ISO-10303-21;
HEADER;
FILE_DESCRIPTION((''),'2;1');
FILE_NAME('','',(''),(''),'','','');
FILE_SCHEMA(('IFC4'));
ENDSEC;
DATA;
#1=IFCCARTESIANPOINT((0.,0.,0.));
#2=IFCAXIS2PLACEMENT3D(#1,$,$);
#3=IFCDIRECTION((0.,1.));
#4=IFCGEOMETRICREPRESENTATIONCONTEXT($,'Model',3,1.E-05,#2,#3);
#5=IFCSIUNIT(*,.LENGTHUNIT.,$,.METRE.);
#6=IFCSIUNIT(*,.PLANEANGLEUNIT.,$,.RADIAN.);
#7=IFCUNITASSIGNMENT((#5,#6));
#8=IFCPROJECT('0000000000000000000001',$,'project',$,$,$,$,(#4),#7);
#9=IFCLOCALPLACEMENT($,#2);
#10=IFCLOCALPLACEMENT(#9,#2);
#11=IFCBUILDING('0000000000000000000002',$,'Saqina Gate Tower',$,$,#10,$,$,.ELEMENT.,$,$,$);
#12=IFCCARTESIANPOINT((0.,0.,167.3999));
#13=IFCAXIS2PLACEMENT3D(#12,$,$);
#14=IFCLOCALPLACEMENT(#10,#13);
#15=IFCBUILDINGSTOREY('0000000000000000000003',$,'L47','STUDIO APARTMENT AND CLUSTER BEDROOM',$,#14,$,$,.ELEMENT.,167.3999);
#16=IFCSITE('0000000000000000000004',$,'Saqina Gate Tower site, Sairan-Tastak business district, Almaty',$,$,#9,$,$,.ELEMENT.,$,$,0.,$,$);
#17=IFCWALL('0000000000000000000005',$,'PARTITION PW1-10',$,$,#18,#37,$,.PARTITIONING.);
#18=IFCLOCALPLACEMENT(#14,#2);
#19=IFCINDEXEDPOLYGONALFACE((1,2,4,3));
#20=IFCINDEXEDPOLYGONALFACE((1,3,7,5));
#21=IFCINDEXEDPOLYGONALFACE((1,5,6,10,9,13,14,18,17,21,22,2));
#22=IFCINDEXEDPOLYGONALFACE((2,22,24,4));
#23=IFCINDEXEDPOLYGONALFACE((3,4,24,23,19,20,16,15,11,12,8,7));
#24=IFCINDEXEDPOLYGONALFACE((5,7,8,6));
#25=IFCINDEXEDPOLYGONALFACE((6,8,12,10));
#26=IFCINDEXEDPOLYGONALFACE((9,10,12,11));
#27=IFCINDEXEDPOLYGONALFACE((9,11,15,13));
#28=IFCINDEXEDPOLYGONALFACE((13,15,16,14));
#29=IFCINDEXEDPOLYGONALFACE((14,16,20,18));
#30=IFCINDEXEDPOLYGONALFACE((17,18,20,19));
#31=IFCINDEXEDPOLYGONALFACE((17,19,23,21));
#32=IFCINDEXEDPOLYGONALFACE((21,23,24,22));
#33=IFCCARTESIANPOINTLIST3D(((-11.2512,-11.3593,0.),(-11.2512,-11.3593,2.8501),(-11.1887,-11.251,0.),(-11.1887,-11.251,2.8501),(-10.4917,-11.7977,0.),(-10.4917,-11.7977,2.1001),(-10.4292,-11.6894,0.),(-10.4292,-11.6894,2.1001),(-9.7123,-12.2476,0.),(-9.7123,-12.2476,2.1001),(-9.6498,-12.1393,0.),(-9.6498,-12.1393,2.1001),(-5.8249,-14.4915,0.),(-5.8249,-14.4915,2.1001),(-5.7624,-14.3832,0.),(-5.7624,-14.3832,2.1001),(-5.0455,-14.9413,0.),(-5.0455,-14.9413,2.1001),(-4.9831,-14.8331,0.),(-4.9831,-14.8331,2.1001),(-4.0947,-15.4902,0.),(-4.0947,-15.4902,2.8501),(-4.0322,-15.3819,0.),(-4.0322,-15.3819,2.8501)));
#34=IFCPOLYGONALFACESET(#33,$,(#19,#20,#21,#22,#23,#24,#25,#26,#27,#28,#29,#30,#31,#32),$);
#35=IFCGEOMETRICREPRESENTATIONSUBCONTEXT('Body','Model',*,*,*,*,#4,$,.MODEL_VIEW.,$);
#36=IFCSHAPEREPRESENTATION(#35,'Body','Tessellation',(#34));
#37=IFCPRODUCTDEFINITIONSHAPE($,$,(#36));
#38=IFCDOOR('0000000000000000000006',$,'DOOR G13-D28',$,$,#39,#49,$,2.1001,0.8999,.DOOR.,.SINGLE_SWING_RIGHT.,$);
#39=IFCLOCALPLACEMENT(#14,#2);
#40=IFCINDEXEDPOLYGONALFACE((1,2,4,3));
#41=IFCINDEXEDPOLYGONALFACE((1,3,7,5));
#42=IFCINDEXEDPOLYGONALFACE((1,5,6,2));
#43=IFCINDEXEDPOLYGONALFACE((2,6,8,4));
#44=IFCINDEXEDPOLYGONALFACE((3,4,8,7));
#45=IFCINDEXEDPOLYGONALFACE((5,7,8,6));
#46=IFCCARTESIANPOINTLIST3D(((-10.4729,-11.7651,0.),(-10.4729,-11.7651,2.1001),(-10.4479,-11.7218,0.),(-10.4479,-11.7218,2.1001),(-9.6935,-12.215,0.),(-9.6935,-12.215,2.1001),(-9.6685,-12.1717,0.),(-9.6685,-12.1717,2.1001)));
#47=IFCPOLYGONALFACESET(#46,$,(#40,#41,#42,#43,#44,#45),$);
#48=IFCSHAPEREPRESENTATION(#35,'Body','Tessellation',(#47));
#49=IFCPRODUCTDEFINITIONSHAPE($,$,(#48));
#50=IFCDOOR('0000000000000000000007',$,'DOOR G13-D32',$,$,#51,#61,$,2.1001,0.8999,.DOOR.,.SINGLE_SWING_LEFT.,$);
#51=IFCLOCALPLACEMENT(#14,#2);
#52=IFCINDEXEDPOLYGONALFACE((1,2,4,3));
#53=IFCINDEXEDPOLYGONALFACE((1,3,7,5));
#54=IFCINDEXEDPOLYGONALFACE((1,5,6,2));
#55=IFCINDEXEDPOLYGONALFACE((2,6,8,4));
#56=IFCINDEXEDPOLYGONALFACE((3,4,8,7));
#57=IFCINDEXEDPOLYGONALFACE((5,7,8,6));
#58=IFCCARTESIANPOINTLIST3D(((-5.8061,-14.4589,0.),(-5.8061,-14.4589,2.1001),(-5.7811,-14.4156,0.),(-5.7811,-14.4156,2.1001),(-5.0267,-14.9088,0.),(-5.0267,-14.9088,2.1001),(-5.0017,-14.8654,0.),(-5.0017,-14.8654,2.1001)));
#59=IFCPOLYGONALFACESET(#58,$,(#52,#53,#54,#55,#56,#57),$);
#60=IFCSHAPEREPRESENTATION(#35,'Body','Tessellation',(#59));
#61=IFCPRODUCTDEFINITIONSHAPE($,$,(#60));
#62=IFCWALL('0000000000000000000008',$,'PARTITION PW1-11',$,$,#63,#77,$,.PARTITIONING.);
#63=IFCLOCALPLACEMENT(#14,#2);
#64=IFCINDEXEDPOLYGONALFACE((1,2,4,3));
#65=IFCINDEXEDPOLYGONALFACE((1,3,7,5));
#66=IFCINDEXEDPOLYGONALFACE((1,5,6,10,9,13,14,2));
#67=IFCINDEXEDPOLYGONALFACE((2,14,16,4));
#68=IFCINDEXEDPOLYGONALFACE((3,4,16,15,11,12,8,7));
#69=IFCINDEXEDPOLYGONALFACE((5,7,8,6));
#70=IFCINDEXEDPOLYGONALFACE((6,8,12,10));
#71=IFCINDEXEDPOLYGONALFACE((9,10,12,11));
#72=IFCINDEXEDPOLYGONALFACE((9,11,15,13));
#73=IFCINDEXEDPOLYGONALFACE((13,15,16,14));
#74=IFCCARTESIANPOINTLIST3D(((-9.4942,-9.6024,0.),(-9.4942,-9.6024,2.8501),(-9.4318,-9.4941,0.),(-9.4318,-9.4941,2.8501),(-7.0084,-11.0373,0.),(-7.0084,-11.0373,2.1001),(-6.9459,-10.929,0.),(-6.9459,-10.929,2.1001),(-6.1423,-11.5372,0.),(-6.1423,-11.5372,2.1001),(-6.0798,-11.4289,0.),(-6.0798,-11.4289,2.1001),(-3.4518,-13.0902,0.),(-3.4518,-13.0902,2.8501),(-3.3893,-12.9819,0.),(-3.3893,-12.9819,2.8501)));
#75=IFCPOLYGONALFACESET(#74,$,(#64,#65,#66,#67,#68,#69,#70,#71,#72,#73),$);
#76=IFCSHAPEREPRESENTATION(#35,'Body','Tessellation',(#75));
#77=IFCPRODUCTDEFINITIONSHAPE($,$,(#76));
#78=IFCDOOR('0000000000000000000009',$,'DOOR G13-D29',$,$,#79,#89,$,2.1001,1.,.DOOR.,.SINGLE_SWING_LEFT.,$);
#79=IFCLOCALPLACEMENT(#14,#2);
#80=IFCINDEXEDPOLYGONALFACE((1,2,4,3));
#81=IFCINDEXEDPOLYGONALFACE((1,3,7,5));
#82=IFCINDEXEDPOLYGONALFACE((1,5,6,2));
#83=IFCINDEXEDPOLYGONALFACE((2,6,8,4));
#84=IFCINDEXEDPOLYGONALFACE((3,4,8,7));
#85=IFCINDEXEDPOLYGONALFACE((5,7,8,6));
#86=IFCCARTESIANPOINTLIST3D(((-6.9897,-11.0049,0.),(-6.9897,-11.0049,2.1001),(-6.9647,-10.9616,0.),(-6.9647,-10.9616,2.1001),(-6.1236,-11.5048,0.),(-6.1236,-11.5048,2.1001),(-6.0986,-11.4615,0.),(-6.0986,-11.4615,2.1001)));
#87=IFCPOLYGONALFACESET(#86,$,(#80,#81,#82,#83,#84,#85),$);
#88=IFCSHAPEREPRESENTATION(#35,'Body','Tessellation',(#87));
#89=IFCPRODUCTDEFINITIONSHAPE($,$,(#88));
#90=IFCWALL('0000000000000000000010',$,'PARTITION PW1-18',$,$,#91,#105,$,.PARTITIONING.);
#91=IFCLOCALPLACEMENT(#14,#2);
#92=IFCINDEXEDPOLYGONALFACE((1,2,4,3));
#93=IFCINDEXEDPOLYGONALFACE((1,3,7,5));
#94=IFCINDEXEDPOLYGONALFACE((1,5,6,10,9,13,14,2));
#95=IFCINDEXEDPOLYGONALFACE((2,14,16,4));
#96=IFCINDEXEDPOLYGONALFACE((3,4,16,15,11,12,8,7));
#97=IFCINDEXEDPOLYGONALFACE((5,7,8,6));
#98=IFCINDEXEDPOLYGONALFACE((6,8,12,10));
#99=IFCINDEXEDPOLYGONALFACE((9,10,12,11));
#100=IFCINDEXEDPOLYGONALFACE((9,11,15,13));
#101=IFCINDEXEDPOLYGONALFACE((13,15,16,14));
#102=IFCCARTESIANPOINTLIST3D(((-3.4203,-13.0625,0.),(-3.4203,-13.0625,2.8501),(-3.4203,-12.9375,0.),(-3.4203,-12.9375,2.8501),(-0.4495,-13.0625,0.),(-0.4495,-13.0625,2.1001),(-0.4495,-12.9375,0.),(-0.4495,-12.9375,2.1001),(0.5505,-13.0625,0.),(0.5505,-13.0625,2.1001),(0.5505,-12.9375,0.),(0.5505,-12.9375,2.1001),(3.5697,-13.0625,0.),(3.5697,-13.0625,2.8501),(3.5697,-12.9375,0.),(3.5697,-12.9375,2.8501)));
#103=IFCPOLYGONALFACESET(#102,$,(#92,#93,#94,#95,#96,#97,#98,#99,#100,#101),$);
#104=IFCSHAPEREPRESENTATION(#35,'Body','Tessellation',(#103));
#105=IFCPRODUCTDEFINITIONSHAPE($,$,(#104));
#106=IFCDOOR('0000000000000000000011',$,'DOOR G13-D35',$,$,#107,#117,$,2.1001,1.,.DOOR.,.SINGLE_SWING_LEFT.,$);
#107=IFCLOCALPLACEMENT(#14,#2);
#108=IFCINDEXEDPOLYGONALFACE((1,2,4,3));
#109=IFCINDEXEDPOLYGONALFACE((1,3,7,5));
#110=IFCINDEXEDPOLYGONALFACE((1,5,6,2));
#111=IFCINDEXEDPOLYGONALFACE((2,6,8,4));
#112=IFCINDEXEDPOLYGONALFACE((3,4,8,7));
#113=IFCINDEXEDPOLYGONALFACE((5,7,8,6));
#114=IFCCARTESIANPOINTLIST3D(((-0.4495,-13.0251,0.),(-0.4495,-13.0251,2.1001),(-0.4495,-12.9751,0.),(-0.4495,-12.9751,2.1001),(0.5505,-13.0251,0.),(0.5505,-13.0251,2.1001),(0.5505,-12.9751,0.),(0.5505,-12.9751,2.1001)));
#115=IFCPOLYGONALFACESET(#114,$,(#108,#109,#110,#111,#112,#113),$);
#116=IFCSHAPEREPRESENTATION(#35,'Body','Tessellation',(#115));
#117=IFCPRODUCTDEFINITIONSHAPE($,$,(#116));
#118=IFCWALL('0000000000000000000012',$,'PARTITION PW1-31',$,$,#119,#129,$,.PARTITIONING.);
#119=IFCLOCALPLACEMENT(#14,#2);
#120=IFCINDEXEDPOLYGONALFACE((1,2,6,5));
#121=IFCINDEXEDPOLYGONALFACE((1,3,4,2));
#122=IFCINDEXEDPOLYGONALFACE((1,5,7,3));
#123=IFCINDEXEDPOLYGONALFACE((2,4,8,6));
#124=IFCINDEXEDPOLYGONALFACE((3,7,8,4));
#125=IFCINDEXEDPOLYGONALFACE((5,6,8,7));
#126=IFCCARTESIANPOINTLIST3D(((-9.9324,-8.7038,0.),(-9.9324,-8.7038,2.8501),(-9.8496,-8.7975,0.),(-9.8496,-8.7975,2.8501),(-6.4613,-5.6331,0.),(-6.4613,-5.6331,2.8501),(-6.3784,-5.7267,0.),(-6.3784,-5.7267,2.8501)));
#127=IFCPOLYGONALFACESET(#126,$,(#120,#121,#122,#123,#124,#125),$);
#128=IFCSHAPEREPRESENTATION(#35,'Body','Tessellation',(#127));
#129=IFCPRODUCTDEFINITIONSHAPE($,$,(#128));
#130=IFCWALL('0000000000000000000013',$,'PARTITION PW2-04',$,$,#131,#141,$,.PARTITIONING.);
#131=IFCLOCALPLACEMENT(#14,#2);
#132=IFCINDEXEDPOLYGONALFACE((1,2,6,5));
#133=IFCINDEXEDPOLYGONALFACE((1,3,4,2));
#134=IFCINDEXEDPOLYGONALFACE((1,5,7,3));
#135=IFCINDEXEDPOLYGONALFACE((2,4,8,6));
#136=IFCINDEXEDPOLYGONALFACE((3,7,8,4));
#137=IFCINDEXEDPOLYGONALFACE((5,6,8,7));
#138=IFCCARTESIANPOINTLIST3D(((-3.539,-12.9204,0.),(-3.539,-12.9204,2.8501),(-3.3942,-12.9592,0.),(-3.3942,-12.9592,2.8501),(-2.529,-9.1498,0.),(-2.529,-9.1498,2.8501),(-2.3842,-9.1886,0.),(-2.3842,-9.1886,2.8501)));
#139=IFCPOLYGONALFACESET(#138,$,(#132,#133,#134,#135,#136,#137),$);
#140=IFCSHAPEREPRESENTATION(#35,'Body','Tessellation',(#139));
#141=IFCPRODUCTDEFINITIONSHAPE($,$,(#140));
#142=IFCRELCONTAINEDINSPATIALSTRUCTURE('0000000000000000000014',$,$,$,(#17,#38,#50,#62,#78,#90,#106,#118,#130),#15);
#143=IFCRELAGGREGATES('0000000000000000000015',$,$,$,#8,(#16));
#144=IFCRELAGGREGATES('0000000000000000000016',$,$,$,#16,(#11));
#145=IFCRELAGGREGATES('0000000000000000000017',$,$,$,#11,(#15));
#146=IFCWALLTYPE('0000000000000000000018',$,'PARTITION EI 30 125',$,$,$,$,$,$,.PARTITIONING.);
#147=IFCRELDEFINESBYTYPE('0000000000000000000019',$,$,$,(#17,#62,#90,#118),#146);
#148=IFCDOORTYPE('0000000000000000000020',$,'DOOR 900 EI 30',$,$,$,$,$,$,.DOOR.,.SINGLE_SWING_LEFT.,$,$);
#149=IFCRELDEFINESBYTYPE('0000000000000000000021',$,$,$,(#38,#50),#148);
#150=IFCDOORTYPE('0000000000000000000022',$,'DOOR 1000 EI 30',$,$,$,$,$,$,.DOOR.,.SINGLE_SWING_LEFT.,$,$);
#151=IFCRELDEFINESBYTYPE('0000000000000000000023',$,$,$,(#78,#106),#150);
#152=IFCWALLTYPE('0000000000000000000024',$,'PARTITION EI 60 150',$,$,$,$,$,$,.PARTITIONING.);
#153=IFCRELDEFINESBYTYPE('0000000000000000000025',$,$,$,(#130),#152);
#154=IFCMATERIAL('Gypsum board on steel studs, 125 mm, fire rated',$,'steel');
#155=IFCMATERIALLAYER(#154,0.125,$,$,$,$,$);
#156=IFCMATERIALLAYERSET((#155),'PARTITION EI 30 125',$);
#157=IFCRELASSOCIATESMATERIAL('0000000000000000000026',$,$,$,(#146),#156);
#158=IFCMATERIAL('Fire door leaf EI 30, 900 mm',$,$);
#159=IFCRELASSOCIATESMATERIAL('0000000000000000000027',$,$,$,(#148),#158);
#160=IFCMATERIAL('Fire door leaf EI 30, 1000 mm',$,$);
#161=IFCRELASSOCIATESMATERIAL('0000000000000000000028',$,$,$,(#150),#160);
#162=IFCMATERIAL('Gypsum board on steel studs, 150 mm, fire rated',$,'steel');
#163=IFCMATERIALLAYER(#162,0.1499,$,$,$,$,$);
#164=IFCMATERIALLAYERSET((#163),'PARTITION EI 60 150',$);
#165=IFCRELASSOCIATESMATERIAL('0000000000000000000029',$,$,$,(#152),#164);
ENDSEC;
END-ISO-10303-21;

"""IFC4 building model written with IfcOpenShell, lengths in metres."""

from ifc_helpers import new_model, si_unit, direction, frame, frame_2d, origin, place, context, subcontext, project, spatial, rectangle, extrude, material, layer, layer_set, type_object, element, fill, save


model = new_model("IFC4")

# Units and contexts
model_context = context("Model", 3, precision=1e-05, world=origin(), true_north=direction((0.0, 1.0)))
body_context = subcontext(model_context, "Body", "Model", "MODEL_VIEW")
ifc_project = project(units=[si_unit("LENGTHUNIT", "METRE"), si_unit("PLANEANGLEUNIT", "RADIAN")], contexts=[model_context])

# Site, building, storey
site_placement = place(None, origin())
site = spatial("IfcSite", under=ifc_project, at=site_placement, Name="Saqina Gate Tower site, Sairan-Tastak business district, Almaty", CompositionType="ELEMENT", RefElevation=0.0)
building_placement = place(site_placement, origin())
building = spatial("IfcBuilding", under=site, at=building_placement, Name="Saqina Gate Tower", CompositionType="ELEMENT")
storey_placement = place(building_placement, frame((0.0, 0.0, 167.3999)))
storey = spatial("IfcBuildingStorey", under=building, at=storey_placement, Name="L47", Description="STUDIO APARTMENT AND CLUSTER BEDROOM", CompositionType="ELEMENT", Elevation=167.3999)

# Shared definitions
ifc_material_1 = material(Name="Gypsum board on steel studs, 125 mm, fire rated", Category="steel")
ifc_layer_1 = layer(ifc_material_1, 0.125)
ifc_layer_set_1 = layer_set([ifc_layer_1], Name="PARTITION EI 30 125")
wall_type_1 = type_object("IfcWallType", Name="PARTITION EI 30 125", PredefinedType="PARTITIONING", material=ifc_layer_set_1)

# Wall, openings, doors
wall_1_placement = place(storey_placement, frame((-11.22, -11.3052, 0.0), z_axis=(0.0, 0.0, 1.0), x_axis=(0.866075, -0.499914, 0.0)))
wall_1 = element("IfcWall", 1, at=wall_1_placement, inside=storey, type_object=wall_type_1, Name="PARTITION PW1-10", PredefinedType="PARTITIONING", context=body_context, shape_type="SweptSolid", body=[
    extrude(rectangle(XDim=8.2632, YDim=0.125, at=frame_2d((4.1316, 0.0))), origin(), (0.0, 0.0, 1.0), 2.8501),
])
opening_1_placement = place(wall_1_placement, frame((0.877, 0.0, 0.0)))
opening_1 = element("IfcOpeningElement", 2, at=opening_1_placement, cuts=wall_1, PredefinedType="OPENING", context=body_context, shape_type="SweptSolid", body=[
    extrude(rectangle(XDim=0.8999, YDim=2.1001, at=frame_2d((0.45, 1.05))), frame((0.0, 0.0745, 0.0), z_axis=(0.0, -1.0, 0.0), x_axis=(1.0, 0.0, 0.0)), (0.0, 0.0, 1.0), 0.1489),
])
opening_2_placement = place(wall_1_placement, frame((6.2654, 0.0, 0.0)))
opening_2 = element("IfcOpeningElement", 3, at=opening_2_placement, cuts=wall_1, PredefinedType="OPENING", context=body_context, shape_type="SweptSolid", body=[
    extrude(rectangle(XDim=0.8999, YDim=2.1001, at=frame_2d((0.45, 1.05))), frame((0.0, 0.0745, 0.0), z_axis=(0.0, -1.0, 0.0), x_axis=(1.0, 0.0, 0.0)), (0.0, 0.0, 1.0), 0.1489),
])
ifc_material_2 = material(Name="Fire door leaf EI 30, 900 mm")
door_type_1 = type_object("IfcDoorType", Name="DOOR 900 EI 30", OperationType="SINGLE_SWING_LEFT", PredefinedType="DOOR", material=ifc_material_2)
door_1_placement = place(opening_1_placement, frame((0.8999, 0.0, 0.0), z_axis=(0.0, 0.0, 1.0), x_axis=(-1.0, 0.0, 0.0)))
door_1 = element("IfcDoor", 4, at=door_1_placement, inside=storey, type_object=door_type_1, Name="DOOR G13-D28", OperationType="SINGLE_SWING_RIGHT", OverallHeight=2.1001, OverallWidth=0.8999, PredefinedType="DOOR", context=body_context, shape_type="SweptSolid", body=[
    extrude(rectangle(XDim=0.8999, YDim=2.1001, at=frame_2d((0.45, 1.05))), frame((0.0, 0.0249, 0.0), z_axis=(0.0, -1.0, 0.0), x_axis=(1.0, 0.0, 0.0)), (0.0, 0.0, 1.0), 0.05),
])
fill(opening_1, door_1)
door_2_placement = place(opening_2_placement, frame((0.8999, 0.0, 0.0), z_axis=(0.0, 0.0, 1.0), x_axis=(-1.0, 0.0, 0.0)))
door_2 = element("IfcDoor", 5, at=door_2_placement, inside=storey, type_object=door_type_1, Name="DOOR G13-D32", OperationType="SINGLE_SWING_LEFT", OverallHeight=2.1001, OverallWidth=0.8999, PredefinedType="DOOR", context=body_context, shape_type="SweptSolid", body=[
    extrude(rectangle(XDim=0.8999, YDim=2.1001, at=frame_2d((0.45, 1.05))), frame((0.0, 0.0249, 0.0), z_axis=(0.0, -1.0, 0.0), x_axis=(1.0, 0.0, 0.0)), (0.0, 0.0, 1.0), 0.05),
])
fill(opening_2, door_2)

# Walls, openings, doors
wall_2_placement = place(storey_placement, frame((-9.4629, -9.5483, 0.0), z_axis=(0.0, 0.0, 1.0), x_axis=(0.866077, -0.49991, 0.0)))
wall_2 = element("IfcWall", 6, at=wall_2_placement, inside=storey, type_object=wall_type_1, Name="PARTITION PW1-11", PredefinedType="PARTITIONING", context=body_context, shape_type="SweptSolid", body=[
    extrude(rectangle(XDim=6.9768, YDim=0.125, at=frame_2d((3.4883, 0.0))), origin(), (0.0, 0.0, 1.0), 2.8501),
])
opening_3_placement = place(wall_2_placement, frame((2.8701, 0.0, 0.0)))
opening_3 = element("IfcOpeningElement", 7, at=opening_3_placement, cuts=wall_2, PredefinedType="OPENING", context=body_context, shape_type="SweptSolid", body=[
    extrude(rectangle(XDim=1.0, YDim=2.1001, at=frame_2d((0.5, 1.05))), frame((0.0, 0.0745, 0.0), z_axis=(0.0, -1.0, 0.0), x_axis=(1.0, 0.0, 0.0)), (0.0, 0.0, 1.0), 0.1489),
])
ifc_material_3 = material(Name="Fire door leaf EI 30, 1000 mm")
door_type_2 = type_object("IfcDoorType", Name="DOOR 1000 EI 30", OperationType="SINGLE_SWING_LEFT", PredefinedType="DOOR", material=ifc_material_3)
door_3_placement = place(opening_3_placement, origin())
door_3 = element("IfcDoor", 8, at=door_3_placement, inside=storey, type_object=door_type_2, Name="DOOR G13-D29", OperationType="SINGLE_SWING_LEFT", OverallHeight=2.1001, OverallWidth=1.0, PredefinedType="DOOR", context=body_context, shape_type="SweptSolid", body=[
    extrude(rectangle(XDim=1.0, YDim=2.1001, at=frame_2d((0.5, 1.05))), frame((0.0, 0.0249, 0.0), z_axis=(0.0, -1.0, 0.0), x_axis=(1.0, 0.0, 0.0)), (0.0, 0.0, 1.0), 0.05),
])
fill(opening_3, door_3)
wall_3_placement = place(storey_placement, frame((-3.4204, -13.0, 0.0), z_axis=(0.0, 0.0, 1.0), x_axis=(1.0, 0.0, 0.0)))
wall_3 = element("IfcWall", 9, at=wall_3_placement, inside=storey, type_object=wall_type_1, Name="PARTITION PW1-18", PredefinedType="PARTITIONING", context=body_context, shape_type="SweptSolid", body=[
    extrude(rectangle(XDim=6.99, YDim=0.125, at=frame_2d((3.4951, 0.0))), origin(), (0.0, 0.0, 1.0), 2.8501),
])
opening_4_placement = place(wall_3_placement, frame((2.9709, 0.0, 0.0)))
opening_4 = element("IfcOpeningElement", 10, at=opening_4_placement, cuts=wall_3, PredefinedType="OPENING", context=body_context, shape_type="SweptSolid", body=[
    extrude(rectangle(XDim=1.0, YDim=2.1001, at=frame_2d((0.5, 1.05))), frame((0.0, 0.0745, 0.0), z_axis=(0.0, -1.0, 0.0), x_axis=(1.0, 0.0, 0.0)), (0.0, 0.0, 1.0), 0.1489),
])
door_4_placement = place(opening_4_placement, origin())
door_4 = element("IfcDoor", 11, at=door_4_placement, inside=storey, type_object=door_type_2, Name="DOOR G13-D35", OperationType="SINGLE_SWING_LEFT", OverallHeight=2.1001, OverallWidth=1.0, PredefinedType="DOOR", context=body_context, shape_type="SweptSolid", body=[
    extrude(rectangle(XDim=1.0, YDim=2.1001, at=frame_2d((0.5, 1.05))), frame((0.0, 0.0249, 0.0), z_axis=(0.0, -1.0, 0.0), x_axis=(1.0, 0.0, 0.0)), (0.0, 0.0, 1.0), 0.05),
])
fill(opening_4, door_4)

# Walls
wall_4_placement = place(storey_placement, frame((-9.8911, -8.7507, 0.0), z_axis=(0.0, 0.0, 1.0), x_axis=(0.748982, 0.66259, 0.0)))
element("IfcWall", 12, at=wall_4_placement, inside=storey, type_object=wall_type_1, Name="PARTITION PW1-31", PredefinedType="PARTITIONING", context=body_context, shape_type="SweptSolid", body=[
    extrude(rectangle(XDim=4.6345, YDim=0.125, at=frame_2d((2.3174, 0.0))), origin(), (0.0, 0.0, 1.0), 2.8501),
])
ifc_material_4 = material(Name="Gypsum board on steel studs, 150 mm, fire rated", Category="steel")
ifc_layer_2 = layer(ifc_material_4, 0.1499)
ifc_layer_set_2 = layer_set([ifc_layer_2], Name="PARTITION EI 60 150")
wall_type_2 = type_object("IfcWallType", Name="PARTITION EI 60 150", PredefinedType="PARTITIONING", material=ifc_layer_set_2)
wall_5_placement = place(storey_placement, frame((-3.4666, -12.9397, 0.0), z_axis=(0.0, 0.0, 1.0), x_axis=(0.258733, 0.965949, 0.0)))
element("IfcWall", 13, at=wall_5_placement, inside=storey, type_object=wall_type_2, Name="PARTITION PW2-04", PredefinedType="PARTITIONING", context=body_context, shape_type="SweptSolid", body=[
    extrude(rectangle(XDim=3.9036, YDim=0.1499, at=frame_2d((1.9517, 0.0))), origin(), (0.0, 0.0, 1.0), 2.8501),
])

save(model, "model.ifc")
